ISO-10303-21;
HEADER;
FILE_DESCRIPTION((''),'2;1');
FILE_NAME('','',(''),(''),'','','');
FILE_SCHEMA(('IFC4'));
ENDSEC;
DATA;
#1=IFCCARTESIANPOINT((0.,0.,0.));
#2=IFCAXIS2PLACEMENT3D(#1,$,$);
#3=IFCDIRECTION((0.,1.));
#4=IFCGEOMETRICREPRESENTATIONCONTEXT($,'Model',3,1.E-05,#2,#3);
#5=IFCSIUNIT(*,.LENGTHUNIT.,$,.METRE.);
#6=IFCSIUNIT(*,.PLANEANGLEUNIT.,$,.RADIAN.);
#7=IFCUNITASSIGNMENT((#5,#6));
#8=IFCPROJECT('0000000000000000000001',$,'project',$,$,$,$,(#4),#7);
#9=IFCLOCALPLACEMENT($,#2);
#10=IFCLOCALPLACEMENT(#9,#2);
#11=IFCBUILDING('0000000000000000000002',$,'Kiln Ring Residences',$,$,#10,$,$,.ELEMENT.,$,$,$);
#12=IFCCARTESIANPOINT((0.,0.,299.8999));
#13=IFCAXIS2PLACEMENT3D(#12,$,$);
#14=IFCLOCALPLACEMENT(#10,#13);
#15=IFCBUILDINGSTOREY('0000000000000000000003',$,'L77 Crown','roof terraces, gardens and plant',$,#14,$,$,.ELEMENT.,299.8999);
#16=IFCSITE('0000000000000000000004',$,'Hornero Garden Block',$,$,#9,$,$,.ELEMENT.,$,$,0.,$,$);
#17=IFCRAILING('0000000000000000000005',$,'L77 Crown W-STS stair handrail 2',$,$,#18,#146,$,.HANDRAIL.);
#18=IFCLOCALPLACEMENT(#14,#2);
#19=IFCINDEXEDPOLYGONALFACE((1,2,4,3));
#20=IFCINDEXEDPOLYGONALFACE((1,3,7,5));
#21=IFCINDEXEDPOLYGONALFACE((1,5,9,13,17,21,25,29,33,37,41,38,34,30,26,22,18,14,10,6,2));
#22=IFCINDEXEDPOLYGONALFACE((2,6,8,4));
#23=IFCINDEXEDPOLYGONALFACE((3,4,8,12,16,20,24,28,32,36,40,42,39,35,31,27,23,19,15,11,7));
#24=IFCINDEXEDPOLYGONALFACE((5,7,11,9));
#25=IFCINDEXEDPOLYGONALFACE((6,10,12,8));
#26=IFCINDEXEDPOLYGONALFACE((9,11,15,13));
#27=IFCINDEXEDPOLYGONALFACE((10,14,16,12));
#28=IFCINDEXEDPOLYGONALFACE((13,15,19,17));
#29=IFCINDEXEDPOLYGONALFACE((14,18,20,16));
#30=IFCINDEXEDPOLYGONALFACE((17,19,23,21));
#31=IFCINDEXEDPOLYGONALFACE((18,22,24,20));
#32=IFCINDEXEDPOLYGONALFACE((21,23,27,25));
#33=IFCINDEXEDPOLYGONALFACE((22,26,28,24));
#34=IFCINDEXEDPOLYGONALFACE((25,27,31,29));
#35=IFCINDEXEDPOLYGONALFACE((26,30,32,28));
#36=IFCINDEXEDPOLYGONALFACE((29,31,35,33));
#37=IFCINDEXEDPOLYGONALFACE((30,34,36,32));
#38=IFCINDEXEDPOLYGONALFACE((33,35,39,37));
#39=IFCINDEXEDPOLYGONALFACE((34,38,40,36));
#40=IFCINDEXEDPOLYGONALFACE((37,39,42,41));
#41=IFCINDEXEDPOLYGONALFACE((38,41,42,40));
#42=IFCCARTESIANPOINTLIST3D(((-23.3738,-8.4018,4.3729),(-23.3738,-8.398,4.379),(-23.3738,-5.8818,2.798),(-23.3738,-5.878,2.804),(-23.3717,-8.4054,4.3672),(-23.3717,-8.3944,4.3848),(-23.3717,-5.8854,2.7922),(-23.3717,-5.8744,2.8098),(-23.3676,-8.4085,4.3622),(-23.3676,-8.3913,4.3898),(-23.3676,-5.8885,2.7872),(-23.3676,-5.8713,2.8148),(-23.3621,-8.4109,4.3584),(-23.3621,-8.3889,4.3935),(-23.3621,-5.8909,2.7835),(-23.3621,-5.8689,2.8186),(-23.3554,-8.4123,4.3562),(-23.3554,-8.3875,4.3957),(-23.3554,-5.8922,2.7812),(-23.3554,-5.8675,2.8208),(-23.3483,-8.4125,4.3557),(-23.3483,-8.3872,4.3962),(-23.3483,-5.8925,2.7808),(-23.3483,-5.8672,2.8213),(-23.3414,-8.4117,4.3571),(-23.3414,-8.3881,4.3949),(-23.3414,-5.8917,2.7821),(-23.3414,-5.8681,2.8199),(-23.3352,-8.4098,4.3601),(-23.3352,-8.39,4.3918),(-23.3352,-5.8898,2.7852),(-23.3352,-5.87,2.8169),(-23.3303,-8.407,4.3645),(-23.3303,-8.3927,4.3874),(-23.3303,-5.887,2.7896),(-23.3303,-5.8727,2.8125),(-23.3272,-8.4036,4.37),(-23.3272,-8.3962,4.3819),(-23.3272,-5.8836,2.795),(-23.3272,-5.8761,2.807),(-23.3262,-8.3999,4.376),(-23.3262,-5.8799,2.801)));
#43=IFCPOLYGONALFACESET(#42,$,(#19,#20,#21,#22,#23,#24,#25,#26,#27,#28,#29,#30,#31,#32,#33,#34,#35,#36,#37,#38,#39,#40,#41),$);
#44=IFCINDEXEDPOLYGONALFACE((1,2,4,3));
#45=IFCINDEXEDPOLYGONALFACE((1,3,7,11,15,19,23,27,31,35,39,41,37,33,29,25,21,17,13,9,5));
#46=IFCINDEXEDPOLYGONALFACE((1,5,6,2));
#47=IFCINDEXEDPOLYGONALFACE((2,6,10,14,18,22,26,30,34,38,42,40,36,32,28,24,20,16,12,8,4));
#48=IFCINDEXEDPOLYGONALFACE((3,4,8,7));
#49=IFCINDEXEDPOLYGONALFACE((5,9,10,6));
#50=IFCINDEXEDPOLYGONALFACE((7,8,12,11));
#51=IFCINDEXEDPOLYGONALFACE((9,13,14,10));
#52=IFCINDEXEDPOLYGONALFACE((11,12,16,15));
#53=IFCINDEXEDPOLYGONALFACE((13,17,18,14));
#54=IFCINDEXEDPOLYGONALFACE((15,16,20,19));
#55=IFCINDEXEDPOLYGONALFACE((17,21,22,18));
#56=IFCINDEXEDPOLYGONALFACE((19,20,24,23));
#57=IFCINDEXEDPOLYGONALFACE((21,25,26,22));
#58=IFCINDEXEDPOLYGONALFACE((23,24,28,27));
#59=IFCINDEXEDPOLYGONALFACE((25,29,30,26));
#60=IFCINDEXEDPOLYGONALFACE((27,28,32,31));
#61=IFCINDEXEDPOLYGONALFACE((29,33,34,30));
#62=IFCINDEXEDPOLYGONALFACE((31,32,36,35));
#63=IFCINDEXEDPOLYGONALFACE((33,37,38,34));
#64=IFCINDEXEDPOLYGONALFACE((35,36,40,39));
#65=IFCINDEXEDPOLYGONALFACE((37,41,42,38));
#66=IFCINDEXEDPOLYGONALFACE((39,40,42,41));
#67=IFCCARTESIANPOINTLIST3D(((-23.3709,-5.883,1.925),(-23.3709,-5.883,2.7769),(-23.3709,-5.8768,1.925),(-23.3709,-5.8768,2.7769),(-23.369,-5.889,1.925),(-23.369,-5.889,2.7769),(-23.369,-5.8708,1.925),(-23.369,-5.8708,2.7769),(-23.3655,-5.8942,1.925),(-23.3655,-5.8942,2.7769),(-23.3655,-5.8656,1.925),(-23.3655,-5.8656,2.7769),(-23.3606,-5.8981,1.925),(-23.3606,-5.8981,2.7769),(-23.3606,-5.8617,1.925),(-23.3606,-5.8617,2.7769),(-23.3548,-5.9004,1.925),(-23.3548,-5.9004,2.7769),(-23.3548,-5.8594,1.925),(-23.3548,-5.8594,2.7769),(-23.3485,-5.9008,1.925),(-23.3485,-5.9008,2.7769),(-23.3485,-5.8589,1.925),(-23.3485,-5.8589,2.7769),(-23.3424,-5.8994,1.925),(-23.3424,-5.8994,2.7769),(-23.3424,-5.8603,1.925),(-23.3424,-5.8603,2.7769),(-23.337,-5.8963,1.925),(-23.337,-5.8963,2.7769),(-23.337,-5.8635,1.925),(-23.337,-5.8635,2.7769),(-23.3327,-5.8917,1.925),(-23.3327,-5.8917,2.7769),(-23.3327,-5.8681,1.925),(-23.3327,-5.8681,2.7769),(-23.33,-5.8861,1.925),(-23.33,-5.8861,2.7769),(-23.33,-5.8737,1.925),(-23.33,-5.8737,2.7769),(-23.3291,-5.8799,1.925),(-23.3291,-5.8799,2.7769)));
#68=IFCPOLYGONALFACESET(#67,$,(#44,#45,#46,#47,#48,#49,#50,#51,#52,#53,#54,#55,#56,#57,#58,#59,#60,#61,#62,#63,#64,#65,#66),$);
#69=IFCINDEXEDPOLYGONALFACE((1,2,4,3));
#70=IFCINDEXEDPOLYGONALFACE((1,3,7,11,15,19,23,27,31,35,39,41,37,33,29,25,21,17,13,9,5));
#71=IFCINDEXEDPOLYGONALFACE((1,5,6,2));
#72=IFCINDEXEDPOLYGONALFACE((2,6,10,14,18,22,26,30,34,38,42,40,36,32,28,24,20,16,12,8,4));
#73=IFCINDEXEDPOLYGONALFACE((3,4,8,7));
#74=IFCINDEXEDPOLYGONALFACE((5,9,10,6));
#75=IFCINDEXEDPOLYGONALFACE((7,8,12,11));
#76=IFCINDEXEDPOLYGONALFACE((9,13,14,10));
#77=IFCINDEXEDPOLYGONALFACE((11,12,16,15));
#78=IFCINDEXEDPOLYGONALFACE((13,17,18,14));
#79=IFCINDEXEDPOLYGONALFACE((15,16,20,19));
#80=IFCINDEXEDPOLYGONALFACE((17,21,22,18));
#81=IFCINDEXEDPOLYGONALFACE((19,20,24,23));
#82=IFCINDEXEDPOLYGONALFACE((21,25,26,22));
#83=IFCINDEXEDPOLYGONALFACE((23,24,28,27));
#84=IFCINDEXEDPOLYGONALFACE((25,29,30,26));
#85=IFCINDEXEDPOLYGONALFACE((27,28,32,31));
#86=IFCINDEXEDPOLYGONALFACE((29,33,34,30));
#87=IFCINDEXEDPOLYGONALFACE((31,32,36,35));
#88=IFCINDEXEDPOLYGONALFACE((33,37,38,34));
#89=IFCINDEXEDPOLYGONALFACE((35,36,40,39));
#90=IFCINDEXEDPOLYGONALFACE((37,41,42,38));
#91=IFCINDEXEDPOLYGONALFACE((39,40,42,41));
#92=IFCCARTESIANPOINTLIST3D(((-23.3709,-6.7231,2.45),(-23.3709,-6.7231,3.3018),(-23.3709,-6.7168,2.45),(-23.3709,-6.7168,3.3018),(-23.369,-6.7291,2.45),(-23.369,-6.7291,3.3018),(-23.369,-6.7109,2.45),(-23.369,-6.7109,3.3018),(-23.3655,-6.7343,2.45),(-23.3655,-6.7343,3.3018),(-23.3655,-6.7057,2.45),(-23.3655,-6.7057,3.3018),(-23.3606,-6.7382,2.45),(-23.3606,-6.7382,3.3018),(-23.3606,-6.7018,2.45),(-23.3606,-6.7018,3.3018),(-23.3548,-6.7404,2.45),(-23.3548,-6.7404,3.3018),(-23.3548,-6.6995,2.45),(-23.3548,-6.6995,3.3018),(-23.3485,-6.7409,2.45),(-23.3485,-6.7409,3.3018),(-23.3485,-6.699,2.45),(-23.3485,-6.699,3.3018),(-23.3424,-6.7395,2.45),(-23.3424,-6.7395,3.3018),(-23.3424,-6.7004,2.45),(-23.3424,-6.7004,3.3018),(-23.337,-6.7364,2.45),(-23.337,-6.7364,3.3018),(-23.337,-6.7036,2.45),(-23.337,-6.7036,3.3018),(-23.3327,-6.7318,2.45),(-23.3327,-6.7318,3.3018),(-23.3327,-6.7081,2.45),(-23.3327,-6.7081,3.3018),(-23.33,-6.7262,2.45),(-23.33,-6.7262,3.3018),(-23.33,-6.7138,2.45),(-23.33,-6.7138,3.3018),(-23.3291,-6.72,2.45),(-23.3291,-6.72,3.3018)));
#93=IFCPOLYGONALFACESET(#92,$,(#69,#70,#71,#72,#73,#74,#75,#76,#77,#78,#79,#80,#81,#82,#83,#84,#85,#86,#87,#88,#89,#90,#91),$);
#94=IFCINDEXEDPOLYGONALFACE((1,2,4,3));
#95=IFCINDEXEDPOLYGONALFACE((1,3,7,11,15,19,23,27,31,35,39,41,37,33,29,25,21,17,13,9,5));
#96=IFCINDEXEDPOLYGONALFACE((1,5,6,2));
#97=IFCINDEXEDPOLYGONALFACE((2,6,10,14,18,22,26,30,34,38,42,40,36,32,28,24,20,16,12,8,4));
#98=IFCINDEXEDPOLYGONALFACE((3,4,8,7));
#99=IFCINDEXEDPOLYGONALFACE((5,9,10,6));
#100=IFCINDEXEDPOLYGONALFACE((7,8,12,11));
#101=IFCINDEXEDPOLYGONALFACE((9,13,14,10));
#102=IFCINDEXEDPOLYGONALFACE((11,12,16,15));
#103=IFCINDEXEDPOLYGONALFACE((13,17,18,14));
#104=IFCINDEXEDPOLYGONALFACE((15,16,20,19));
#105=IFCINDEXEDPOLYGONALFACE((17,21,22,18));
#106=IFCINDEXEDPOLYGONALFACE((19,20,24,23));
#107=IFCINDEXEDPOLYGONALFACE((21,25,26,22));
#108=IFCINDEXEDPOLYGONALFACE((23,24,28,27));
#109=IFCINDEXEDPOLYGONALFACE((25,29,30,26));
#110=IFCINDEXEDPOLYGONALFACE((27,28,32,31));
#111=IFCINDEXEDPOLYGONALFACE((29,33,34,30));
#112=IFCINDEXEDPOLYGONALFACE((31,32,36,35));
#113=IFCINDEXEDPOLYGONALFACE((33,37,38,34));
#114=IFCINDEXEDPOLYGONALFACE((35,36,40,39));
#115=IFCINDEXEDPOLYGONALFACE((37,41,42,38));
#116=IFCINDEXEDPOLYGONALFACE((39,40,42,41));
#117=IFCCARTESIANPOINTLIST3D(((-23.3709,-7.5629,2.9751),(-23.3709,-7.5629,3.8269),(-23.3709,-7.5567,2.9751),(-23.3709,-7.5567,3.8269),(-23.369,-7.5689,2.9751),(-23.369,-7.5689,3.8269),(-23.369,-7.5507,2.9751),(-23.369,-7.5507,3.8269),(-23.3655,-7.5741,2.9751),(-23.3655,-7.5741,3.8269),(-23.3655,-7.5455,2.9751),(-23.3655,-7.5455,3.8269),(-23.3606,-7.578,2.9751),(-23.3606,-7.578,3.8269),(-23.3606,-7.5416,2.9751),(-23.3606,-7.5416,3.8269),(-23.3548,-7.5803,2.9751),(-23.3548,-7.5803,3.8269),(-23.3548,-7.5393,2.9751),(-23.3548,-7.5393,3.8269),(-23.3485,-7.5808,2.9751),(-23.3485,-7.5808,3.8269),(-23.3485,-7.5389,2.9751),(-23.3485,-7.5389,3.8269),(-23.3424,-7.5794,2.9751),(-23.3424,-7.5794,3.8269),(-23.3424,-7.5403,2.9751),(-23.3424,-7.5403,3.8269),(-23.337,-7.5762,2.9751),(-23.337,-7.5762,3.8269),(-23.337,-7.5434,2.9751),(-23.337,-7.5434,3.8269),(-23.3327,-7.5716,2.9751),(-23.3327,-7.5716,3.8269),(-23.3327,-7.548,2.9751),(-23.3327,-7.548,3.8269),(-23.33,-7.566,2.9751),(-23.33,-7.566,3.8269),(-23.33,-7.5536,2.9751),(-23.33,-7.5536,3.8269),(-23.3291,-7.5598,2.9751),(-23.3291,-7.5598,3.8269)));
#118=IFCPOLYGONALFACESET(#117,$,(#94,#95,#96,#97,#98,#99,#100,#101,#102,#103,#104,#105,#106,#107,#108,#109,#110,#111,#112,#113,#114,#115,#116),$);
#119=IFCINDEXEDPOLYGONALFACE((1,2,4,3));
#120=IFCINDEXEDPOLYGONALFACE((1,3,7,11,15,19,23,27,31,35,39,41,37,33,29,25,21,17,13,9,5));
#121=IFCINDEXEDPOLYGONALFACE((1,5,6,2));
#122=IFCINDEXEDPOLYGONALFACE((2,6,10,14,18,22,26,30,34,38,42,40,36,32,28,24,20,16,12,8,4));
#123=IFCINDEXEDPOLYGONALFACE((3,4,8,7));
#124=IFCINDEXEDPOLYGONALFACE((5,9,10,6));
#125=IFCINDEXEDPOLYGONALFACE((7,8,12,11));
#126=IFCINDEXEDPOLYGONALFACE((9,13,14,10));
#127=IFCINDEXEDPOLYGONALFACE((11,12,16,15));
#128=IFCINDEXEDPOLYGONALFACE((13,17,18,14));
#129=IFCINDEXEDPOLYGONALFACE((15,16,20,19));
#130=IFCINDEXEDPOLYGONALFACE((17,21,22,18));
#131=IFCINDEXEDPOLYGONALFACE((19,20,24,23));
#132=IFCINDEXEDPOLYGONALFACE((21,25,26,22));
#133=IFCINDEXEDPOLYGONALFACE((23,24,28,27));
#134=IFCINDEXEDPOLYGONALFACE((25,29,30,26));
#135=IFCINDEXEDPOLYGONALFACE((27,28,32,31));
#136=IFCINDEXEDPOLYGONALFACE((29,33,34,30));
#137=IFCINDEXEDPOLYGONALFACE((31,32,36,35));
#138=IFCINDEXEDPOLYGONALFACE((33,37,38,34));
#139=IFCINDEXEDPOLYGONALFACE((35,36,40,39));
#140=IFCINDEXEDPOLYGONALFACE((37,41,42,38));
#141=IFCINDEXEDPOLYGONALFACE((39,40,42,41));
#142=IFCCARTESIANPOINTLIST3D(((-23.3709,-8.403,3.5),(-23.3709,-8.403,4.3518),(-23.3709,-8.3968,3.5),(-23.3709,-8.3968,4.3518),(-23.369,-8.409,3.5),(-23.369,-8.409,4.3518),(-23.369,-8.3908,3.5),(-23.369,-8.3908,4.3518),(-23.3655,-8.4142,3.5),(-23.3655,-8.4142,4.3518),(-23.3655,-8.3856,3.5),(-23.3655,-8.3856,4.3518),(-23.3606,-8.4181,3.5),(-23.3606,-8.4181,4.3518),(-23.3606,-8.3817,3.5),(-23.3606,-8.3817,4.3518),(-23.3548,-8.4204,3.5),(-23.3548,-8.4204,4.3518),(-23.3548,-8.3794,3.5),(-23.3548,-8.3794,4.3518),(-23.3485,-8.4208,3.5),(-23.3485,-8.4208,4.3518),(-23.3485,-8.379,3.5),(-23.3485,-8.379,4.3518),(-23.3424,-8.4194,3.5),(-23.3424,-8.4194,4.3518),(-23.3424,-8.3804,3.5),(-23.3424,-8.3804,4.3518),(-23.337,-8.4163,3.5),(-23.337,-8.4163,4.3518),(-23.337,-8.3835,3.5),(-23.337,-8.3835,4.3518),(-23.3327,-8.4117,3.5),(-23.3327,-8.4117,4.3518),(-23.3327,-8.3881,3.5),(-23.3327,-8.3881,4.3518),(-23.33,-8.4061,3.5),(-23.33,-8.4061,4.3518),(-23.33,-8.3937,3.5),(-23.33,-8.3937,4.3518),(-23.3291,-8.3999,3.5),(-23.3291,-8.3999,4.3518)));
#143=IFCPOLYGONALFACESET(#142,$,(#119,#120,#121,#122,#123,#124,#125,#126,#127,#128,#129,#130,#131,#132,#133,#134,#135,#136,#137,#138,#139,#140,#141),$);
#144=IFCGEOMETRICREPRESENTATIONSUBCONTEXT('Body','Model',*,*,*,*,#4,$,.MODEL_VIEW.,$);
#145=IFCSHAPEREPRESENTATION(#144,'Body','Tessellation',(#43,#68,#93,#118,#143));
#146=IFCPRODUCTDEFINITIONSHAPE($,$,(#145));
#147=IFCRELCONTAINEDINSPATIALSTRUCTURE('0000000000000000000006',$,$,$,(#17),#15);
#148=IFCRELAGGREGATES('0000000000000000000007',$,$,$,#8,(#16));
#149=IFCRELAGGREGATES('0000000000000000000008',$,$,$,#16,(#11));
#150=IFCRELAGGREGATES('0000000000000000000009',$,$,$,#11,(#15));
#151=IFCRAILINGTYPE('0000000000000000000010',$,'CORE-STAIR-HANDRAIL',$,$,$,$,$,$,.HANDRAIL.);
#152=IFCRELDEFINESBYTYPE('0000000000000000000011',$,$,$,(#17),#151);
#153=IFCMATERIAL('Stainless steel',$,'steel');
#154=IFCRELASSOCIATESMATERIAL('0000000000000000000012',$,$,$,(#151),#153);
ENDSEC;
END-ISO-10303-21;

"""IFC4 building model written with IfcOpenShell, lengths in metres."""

from ifc_helpers import new_model, si_unit, direction, frame, origin, origin_2d, place, context, subcontext, project, spatial, circle, extrude, material, type_object, element, save


model = new_model("IFC4")

# Units and contexts
model_context = context("Model", 3, precision=1e-05, world=origin(), true_north=direction((0.0, 1.0)))
body_context = subcontext(model_context, "Body", "Model", "MODEL_VIEW")
ifc_project = project(units=[si_unit("LENGTHUNIT", "METRE"), si_unit("PLANEANGLEUNIT", "RADIAN")], contexts=[model_context])

# Site, building, storey
site_placement = place(None, origin())
site = spatial("IfcSite", under=ifc_project, at=site_placement, Name="Hornero Garden Block", CompositionType="ELEMENT", RefElevation=0.0)
building_placement = place(site_placement, origin())
building = spatial("IfcBuilding", under=site, at=building_placement, Name="Kiln Ring Residences", CompositionType="ELEMENT")
storey_placement = place(building_placement, frame((0.0, 0.0, 299.8999)))
storey = spatial("IfcBuildingStorey", under=building, at=storey_placement, Name="L77 Crown", Description="roof terraces, gardens and plant", CompositionType="ELEMENT", Elevation=299.8999)

# Railing
ifc_material_1 = material(Name="Stainless steel", Category="steel")
railing_type_1 = type_object("IfcRailingType", Name="CORE-STAIR-HANDRAIL", PredefinedType="HANDRAIL", material=ifc_material_1)
railing_1_placement = place(storey_placement, frame((-23.3501, -5.8799, 1.925)))
element("IfcRailing", 1, at=railing_1_placement, inside=storey, type_object=railing_type_1, Name="L77 Crown W-STS stair handrail 2", PredefinedType="HANDRAIL", context=body_context, shape_type="SweptSolid", body=[
    extrude(circle(Radius=0.0239, at=origin_2d()), frame((0.0, 0.0, 0.876), z_axis=(0.0, -0.848008, 0.529984), x_axis=(1.0, 0.0, 0.0)), (0.0, 0.0, 1.0), 2.9717),
    extrude(circle(Radius=0.021, at=origin_2d()), origin(), (0.0, 0.0, 1.0), 0.8518),
    extrude(circle(Radius=0.021, at=origin_2d()), frame((0.0, -0.8401, 0.5249)), (0.0, 0.0, 1.0), 0.8518),
    extrude(circle(Radius=0.021, at=origin_2d()), frame((0.0, -1.6799, 1.05)), (0.0, 0.0, 1.0), 0.8518),
    extrude(circle(Radius=0.021, at=origin_2d()), frame((0.0, -2.52, 1.575)), (0.0, 0.0, 1.0), 0.8518),
])

save(model, "model.ifc")
